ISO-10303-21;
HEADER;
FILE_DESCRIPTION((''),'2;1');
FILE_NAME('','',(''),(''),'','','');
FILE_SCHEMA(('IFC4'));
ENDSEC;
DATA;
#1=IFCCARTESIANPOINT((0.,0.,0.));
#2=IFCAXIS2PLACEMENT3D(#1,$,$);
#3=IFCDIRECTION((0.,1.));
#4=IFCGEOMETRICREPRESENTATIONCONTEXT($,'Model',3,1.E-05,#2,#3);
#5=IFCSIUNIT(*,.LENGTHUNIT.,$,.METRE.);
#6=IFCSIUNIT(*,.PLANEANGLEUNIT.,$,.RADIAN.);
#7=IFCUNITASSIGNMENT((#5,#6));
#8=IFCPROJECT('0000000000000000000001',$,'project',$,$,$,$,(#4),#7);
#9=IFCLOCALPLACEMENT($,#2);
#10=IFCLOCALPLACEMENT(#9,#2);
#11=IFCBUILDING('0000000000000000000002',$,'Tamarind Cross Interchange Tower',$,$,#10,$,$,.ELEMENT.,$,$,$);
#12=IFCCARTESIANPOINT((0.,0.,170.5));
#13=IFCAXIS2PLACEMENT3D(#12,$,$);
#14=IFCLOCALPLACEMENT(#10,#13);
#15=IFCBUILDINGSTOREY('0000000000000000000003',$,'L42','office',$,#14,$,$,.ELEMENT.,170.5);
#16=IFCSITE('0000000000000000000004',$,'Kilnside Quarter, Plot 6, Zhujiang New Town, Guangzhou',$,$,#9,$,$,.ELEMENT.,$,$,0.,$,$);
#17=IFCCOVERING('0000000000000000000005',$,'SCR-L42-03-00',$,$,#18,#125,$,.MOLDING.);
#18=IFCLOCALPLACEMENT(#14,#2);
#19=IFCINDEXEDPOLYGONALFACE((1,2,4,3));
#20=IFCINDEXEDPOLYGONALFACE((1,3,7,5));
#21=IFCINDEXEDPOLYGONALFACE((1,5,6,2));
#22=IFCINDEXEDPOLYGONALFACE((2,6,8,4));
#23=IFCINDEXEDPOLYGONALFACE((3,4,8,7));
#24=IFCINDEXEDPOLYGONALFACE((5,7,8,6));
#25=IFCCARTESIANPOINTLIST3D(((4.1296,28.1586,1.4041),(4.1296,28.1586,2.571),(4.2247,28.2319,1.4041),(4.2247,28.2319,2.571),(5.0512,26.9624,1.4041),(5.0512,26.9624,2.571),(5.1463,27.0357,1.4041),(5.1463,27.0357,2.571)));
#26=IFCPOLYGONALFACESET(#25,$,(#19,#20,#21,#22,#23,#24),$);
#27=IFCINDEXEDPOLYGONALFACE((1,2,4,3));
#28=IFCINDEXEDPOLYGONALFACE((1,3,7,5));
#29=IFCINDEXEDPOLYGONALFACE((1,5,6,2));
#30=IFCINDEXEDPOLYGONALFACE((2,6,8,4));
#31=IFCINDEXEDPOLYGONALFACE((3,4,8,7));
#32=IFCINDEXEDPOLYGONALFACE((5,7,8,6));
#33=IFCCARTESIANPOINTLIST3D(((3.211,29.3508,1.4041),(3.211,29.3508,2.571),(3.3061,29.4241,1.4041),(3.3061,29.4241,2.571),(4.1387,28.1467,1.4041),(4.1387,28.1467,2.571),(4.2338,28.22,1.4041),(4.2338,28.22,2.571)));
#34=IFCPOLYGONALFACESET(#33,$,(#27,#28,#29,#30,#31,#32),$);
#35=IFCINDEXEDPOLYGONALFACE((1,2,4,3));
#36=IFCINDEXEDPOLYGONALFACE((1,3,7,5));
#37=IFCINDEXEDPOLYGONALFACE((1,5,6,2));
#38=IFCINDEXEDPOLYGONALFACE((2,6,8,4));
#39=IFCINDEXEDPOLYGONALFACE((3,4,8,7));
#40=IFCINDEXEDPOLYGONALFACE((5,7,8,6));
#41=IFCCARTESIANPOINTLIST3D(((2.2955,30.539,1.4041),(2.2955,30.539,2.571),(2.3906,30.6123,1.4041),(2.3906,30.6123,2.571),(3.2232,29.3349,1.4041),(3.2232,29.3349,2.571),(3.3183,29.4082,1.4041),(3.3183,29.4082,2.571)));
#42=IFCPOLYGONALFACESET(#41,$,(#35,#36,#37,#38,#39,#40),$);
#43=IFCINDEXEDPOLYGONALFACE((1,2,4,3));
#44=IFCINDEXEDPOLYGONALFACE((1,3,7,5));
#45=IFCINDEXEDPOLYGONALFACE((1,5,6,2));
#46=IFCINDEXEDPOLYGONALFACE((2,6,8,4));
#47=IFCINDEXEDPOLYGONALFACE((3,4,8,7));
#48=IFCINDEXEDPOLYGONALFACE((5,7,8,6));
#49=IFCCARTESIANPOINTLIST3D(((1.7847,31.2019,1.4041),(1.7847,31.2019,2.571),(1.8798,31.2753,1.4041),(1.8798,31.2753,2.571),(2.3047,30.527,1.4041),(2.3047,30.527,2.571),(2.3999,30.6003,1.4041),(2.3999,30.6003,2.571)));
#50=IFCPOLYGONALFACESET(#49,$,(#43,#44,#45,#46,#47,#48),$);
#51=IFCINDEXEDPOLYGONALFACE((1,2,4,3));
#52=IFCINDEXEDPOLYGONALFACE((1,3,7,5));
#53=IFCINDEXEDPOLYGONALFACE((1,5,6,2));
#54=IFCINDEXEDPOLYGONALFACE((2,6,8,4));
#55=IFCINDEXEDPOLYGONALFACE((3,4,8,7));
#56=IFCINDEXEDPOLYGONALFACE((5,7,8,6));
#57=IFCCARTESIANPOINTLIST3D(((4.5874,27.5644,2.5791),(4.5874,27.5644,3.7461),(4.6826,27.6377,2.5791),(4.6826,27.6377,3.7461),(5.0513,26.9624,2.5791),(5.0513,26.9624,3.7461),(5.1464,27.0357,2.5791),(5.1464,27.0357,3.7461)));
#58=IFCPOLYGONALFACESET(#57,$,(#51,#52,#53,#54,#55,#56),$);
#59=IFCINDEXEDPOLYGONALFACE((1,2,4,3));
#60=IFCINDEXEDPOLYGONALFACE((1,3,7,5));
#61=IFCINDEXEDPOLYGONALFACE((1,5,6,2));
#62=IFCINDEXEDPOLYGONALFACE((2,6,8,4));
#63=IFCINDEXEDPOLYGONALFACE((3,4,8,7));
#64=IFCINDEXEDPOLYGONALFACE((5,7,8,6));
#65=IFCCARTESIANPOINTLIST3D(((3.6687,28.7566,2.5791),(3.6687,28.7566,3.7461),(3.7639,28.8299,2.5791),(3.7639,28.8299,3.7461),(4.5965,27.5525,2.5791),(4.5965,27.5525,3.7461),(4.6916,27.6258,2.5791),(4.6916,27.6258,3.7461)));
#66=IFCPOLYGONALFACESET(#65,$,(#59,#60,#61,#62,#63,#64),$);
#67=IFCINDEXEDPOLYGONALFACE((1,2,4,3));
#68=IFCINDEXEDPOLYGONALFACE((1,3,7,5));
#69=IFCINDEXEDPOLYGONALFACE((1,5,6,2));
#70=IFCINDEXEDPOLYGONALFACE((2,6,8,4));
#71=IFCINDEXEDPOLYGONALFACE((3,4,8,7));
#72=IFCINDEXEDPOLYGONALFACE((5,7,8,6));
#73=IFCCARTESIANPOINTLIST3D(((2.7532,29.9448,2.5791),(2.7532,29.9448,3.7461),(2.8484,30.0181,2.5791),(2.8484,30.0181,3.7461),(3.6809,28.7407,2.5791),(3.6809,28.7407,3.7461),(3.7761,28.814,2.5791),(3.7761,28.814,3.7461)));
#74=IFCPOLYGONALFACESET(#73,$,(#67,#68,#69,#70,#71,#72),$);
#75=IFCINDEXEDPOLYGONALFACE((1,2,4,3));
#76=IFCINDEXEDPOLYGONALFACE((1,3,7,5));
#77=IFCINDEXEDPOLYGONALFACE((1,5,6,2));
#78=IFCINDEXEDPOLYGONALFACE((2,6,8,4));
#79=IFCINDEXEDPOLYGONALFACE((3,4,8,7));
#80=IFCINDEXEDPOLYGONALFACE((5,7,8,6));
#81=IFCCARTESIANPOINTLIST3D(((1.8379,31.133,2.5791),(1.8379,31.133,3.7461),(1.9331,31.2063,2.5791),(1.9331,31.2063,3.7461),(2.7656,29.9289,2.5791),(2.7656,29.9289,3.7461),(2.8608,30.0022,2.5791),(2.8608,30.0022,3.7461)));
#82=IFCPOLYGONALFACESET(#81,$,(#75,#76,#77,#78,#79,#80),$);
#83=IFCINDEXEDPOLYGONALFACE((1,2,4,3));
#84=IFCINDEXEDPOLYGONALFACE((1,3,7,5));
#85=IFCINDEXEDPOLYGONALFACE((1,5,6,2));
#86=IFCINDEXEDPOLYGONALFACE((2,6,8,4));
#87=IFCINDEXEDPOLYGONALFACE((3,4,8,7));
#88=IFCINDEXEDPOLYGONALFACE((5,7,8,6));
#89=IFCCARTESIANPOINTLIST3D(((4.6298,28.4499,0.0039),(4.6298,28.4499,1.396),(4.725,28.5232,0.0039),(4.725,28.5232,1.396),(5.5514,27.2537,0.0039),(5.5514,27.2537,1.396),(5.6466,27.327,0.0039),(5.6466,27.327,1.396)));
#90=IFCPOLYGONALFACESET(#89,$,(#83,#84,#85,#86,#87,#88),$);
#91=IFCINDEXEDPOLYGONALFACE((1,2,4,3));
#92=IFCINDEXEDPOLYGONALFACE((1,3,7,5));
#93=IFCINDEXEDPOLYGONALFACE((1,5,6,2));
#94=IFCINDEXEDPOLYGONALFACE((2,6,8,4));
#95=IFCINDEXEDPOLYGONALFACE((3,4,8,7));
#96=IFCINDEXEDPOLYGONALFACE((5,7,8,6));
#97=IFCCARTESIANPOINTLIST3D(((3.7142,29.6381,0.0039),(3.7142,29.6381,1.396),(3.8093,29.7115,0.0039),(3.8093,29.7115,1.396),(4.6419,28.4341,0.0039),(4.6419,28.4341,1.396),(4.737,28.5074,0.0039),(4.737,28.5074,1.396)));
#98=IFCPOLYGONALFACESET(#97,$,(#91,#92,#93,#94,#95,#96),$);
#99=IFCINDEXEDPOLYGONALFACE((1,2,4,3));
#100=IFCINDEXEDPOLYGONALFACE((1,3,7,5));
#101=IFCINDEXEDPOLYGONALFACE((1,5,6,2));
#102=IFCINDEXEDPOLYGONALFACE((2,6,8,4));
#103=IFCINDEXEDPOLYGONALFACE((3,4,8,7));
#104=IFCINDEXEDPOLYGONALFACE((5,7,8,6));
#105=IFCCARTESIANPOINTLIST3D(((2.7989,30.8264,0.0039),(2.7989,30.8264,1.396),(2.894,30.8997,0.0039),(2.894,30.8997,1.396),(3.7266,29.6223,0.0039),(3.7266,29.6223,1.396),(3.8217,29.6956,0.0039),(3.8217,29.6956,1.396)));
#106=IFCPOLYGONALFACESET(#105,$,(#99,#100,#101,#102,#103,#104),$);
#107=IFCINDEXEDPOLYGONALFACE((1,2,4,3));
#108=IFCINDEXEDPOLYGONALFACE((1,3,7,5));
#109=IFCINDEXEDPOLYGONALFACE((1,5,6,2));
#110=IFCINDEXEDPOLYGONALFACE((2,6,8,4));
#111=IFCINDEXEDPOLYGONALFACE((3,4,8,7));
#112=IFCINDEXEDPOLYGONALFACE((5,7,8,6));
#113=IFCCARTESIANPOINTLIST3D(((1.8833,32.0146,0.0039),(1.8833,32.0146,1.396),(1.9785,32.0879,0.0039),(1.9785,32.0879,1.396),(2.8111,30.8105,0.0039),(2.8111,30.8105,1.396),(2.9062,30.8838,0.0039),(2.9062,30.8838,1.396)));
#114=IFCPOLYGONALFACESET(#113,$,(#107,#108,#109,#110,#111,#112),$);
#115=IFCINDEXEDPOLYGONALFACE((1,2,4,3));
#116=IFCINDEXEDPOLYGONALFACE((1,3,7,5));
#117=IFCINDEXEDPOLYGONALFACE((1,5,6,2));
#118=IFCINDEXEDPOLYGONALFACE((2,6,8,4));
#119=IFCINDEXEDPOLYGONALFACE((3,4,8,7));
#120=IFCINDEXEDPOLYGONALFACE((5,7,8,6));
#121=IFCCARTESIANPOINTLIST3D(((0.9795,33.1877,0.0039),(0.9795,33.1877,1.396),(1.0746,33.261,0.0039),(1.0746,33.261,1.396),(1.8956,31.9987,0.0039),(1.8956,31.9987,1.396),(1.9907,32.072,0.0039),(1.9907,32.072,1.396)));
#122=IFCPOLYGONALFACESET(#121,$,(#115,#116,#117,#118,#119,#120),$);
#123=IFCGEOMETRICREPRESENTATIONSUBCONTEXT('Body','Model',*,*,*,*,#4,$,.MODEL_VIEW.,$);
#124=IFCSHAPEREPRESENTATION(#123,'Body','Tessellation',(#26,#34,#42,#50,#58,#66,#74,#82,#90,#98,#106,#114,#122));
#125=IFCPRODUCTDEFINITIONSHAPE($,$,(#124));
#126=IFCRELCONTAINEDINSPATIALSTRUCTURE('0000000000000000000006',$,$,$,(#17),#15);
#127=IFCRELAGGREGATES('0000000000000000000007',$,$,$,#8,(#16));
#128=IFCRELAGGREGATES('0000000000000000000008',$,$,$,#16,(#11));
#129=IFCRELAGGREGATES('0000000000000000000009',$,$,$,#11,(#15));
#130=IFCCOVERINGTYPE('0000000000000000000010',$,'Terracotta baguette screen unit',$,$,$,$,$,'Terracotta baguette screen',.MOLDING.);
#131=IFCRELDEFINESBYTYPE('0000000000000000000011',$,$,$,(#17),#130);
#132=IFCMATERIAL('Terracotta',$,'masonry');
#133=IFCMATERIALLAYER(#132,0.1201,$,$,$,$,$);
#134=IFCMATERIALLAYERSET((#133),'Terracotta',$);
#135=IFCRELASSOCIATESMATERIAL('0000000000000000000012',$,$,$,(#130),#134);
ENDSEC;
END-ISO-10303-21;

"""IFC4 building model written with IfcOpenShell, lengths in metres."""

from ifc_helpers import new_model, si_unit, direction, frame, origin, origin_2d, place, context, subcontext, project, spatial, rectangle, extrude, material, layer, layer_set, type_object, element, save


model = new_model("IFC4")

# Units and contexts
model_context = context("Model", 3, precision=1e-05, world=origin(), true_north=direction((0.0, 1.0)))
body_context = subcontext(model_context, "Body", "Model", "MODEL_VIEW")
ifc_project = project(units=[si_unit("LENGTHUNIT", "METRE"), si_unit("PLANEANGLEUNIT", "RADIAN")], contexts=[model_context])

# Site, building, storey
site_placement = place(None, origin())
site = spatial("IfcSite", under=ifc_project, at=site_placement, Name="Kilnside Quarter, Plot 6, Zhujiang New Town, Guangzhou", CompositionType="ELEMENT", RefElevation=0.0)
building_placement = place(site_placement, origin())
building = spatial("IfcBuilding", under=site, at=building_placement, Name="Tamarind Cross Interchange Tower", CompositionType="ELEMENT")
storey_placement = place(building_placement, frame((0.0, 0.0, 170.5)))
storey = spatial("IfcBuildingStorey", under=building, at=storey_placement, Name="L42", Description="office", CompositionType="ELEMENT", Elevation=170.5)

# Covering
ifc_material_1 = material(Name="Terracotta", Category="masonry")
ifc_layer_1 = layer(ifc_material_1, 0.1201)
ifc_layer_set_1 = layer_set([ifc_layer_1], Name="Terracotta")
covering_type = type_object("IfcCoveringType", Name="Terracotta baguette screen unit", ElementType="Terracotta baguette screen", PredefinedType="MOLDING", material=ifc_layer_set_1)
covering_1_placement = place(storey_placement, origin())
element("IfcCovering", 1, at=covering_1_placement, inside=storey, type_object=covering_type, Name="SCR-L42-03-00", PredefinedType="MOLDING", context=body_context, shape_type="SweptSolid", body=[
    extrude(rectangle(XDim=1.51, YDim=0.1201, at=origin_2d()), frame((4.6379, 27.5972, 1.4041), z_axis=(0.0, 0.0, 1.0), x_axis=(-0.610322, 0.792153, 0.0)), (0.0, 0.0, 1.0), 1.167),
    extrude(rectangle(XDim=1.52, YDim=0.1201, at=origin_2d()), frame((3.7224, 28.7854, 1.4041), z_axis=(0.0, 0.0, 1.0), x_axis=(-0.610322, 0.792153, 0.0)), (0.0, 0.0, 1.0), 1.167),
    extrude(rectangle(XDim=1.52, YDim=0.1201, at=origin_2d()), frame((2.8069, 29.9736, 1.4041), z_axis=(0.0, 0.0, 1.0), x_axis=(-0.610322, 0.792153, 0.0)), (0.0, 0.0, 1.0), 1.167),
    extrude(rectangle(XDim=0.8521, YDim=0.1201, at=origin_2d()), frame((2.0923, 30.9011, 1.4041), z_axis=(0.0, 0.0, 1.0), x_axis=(-0.610322, 0.792153, 0.0)), (0.0, 0.0, 1.0), 1.167),
    extrude(rectangle(XDim=0.76, YDim=0.1201, at=origin_2d()), frame((4.8669, 27.3, 2.5791), z_axis=(0.0, 0.0, 1.0), x_axis=(-0.610322, 0.792153, 0.0)), (0.0, 0.0, 1.0), 1.167),
    extrude(rectangle(XDim=1.52, YDim=0.1201, at=origin_2d()), frame((4.1802, 28.1912, 2.5791), z_axis=(0.0, 0.0, 1.0), x_axis=(-0.610322, 0.792153, 0.0)), (0.0, 0.0, 1.0), 1.167),
    extrude(rectangle(XDim=1.52, YDim=0.1201, at=origin_2d()), frame((3.2646, 29.3794, 2.5791), z_axis=(0.0, 0.0, 1.0), x_axis=(-0.610322, 0.792153, 0.0)), (0.0, 0.0, 1.0), 1.167),
    extrude(rectangle(XDim=1.52, YDim=0.1201, at=origin_2d()), frame((2.3494, 30.5676, 2.5791), z_axis=(0.0, 0.0, 1.0), x_axis=(-0.610322, 0.792153, 0.0)), (0.0, 0.0, 1.0), 1.167),
    extrude(rectangle(XDim=1.51, YDim=0.1201, at=origin_2d()), frame((5.1382, 27.8884, 0.0039), z_axis=(0.0, 0.0, 1.0), x_axis=(-0.610322, 0.792153, 0.0)), (0.0, 0.0, 1.0), 1.3921),
    extrude(rectangle(XDim=1.52, YDim=0.1201, at=origin_2d()), frame((4.2256, 29.0728, 0.0039), z_axis=(0.0, 0.0, 1.0), x_axis=(-0.610322, 0.792153, 0.0)), (0.0, 0.0, 1.0), 1.3921),
    extrude(rectangle(XDim=1.52, YDim=0.1201, at=origin_2d()), frame((3.3103, 30.261, 0.0039), z_axis=(0.0, 0.0, 1.0), x_axis=(-0.610322, 0.792153, 0.0)), (0.0, 0.0, 1.0), 1.3921),
    extrude(rectangle(XDim=1.52, YDim=0.1201, at=origin_2d()), frame((2.3948, 31.4492, 0.0039), z_axis=(0.0, 0.0, 1.0), x_axis=(-0.610322, 0.792153, 0.0)), (0.0, 0.0, 1.0), 1.3921),
    extrude(rectangle(XDim=1.501, YDim=0.1201, at=origin_2d()), frame((1.4851, 32.6299, 0.0039), z_axis=(0.0, 0.0, 1.0), x_axis=(-0.610322, 0.792153, 0.0)), (0.0, 0.0, 1.0), 1.3921),
])

save(model, "model.ifc")
